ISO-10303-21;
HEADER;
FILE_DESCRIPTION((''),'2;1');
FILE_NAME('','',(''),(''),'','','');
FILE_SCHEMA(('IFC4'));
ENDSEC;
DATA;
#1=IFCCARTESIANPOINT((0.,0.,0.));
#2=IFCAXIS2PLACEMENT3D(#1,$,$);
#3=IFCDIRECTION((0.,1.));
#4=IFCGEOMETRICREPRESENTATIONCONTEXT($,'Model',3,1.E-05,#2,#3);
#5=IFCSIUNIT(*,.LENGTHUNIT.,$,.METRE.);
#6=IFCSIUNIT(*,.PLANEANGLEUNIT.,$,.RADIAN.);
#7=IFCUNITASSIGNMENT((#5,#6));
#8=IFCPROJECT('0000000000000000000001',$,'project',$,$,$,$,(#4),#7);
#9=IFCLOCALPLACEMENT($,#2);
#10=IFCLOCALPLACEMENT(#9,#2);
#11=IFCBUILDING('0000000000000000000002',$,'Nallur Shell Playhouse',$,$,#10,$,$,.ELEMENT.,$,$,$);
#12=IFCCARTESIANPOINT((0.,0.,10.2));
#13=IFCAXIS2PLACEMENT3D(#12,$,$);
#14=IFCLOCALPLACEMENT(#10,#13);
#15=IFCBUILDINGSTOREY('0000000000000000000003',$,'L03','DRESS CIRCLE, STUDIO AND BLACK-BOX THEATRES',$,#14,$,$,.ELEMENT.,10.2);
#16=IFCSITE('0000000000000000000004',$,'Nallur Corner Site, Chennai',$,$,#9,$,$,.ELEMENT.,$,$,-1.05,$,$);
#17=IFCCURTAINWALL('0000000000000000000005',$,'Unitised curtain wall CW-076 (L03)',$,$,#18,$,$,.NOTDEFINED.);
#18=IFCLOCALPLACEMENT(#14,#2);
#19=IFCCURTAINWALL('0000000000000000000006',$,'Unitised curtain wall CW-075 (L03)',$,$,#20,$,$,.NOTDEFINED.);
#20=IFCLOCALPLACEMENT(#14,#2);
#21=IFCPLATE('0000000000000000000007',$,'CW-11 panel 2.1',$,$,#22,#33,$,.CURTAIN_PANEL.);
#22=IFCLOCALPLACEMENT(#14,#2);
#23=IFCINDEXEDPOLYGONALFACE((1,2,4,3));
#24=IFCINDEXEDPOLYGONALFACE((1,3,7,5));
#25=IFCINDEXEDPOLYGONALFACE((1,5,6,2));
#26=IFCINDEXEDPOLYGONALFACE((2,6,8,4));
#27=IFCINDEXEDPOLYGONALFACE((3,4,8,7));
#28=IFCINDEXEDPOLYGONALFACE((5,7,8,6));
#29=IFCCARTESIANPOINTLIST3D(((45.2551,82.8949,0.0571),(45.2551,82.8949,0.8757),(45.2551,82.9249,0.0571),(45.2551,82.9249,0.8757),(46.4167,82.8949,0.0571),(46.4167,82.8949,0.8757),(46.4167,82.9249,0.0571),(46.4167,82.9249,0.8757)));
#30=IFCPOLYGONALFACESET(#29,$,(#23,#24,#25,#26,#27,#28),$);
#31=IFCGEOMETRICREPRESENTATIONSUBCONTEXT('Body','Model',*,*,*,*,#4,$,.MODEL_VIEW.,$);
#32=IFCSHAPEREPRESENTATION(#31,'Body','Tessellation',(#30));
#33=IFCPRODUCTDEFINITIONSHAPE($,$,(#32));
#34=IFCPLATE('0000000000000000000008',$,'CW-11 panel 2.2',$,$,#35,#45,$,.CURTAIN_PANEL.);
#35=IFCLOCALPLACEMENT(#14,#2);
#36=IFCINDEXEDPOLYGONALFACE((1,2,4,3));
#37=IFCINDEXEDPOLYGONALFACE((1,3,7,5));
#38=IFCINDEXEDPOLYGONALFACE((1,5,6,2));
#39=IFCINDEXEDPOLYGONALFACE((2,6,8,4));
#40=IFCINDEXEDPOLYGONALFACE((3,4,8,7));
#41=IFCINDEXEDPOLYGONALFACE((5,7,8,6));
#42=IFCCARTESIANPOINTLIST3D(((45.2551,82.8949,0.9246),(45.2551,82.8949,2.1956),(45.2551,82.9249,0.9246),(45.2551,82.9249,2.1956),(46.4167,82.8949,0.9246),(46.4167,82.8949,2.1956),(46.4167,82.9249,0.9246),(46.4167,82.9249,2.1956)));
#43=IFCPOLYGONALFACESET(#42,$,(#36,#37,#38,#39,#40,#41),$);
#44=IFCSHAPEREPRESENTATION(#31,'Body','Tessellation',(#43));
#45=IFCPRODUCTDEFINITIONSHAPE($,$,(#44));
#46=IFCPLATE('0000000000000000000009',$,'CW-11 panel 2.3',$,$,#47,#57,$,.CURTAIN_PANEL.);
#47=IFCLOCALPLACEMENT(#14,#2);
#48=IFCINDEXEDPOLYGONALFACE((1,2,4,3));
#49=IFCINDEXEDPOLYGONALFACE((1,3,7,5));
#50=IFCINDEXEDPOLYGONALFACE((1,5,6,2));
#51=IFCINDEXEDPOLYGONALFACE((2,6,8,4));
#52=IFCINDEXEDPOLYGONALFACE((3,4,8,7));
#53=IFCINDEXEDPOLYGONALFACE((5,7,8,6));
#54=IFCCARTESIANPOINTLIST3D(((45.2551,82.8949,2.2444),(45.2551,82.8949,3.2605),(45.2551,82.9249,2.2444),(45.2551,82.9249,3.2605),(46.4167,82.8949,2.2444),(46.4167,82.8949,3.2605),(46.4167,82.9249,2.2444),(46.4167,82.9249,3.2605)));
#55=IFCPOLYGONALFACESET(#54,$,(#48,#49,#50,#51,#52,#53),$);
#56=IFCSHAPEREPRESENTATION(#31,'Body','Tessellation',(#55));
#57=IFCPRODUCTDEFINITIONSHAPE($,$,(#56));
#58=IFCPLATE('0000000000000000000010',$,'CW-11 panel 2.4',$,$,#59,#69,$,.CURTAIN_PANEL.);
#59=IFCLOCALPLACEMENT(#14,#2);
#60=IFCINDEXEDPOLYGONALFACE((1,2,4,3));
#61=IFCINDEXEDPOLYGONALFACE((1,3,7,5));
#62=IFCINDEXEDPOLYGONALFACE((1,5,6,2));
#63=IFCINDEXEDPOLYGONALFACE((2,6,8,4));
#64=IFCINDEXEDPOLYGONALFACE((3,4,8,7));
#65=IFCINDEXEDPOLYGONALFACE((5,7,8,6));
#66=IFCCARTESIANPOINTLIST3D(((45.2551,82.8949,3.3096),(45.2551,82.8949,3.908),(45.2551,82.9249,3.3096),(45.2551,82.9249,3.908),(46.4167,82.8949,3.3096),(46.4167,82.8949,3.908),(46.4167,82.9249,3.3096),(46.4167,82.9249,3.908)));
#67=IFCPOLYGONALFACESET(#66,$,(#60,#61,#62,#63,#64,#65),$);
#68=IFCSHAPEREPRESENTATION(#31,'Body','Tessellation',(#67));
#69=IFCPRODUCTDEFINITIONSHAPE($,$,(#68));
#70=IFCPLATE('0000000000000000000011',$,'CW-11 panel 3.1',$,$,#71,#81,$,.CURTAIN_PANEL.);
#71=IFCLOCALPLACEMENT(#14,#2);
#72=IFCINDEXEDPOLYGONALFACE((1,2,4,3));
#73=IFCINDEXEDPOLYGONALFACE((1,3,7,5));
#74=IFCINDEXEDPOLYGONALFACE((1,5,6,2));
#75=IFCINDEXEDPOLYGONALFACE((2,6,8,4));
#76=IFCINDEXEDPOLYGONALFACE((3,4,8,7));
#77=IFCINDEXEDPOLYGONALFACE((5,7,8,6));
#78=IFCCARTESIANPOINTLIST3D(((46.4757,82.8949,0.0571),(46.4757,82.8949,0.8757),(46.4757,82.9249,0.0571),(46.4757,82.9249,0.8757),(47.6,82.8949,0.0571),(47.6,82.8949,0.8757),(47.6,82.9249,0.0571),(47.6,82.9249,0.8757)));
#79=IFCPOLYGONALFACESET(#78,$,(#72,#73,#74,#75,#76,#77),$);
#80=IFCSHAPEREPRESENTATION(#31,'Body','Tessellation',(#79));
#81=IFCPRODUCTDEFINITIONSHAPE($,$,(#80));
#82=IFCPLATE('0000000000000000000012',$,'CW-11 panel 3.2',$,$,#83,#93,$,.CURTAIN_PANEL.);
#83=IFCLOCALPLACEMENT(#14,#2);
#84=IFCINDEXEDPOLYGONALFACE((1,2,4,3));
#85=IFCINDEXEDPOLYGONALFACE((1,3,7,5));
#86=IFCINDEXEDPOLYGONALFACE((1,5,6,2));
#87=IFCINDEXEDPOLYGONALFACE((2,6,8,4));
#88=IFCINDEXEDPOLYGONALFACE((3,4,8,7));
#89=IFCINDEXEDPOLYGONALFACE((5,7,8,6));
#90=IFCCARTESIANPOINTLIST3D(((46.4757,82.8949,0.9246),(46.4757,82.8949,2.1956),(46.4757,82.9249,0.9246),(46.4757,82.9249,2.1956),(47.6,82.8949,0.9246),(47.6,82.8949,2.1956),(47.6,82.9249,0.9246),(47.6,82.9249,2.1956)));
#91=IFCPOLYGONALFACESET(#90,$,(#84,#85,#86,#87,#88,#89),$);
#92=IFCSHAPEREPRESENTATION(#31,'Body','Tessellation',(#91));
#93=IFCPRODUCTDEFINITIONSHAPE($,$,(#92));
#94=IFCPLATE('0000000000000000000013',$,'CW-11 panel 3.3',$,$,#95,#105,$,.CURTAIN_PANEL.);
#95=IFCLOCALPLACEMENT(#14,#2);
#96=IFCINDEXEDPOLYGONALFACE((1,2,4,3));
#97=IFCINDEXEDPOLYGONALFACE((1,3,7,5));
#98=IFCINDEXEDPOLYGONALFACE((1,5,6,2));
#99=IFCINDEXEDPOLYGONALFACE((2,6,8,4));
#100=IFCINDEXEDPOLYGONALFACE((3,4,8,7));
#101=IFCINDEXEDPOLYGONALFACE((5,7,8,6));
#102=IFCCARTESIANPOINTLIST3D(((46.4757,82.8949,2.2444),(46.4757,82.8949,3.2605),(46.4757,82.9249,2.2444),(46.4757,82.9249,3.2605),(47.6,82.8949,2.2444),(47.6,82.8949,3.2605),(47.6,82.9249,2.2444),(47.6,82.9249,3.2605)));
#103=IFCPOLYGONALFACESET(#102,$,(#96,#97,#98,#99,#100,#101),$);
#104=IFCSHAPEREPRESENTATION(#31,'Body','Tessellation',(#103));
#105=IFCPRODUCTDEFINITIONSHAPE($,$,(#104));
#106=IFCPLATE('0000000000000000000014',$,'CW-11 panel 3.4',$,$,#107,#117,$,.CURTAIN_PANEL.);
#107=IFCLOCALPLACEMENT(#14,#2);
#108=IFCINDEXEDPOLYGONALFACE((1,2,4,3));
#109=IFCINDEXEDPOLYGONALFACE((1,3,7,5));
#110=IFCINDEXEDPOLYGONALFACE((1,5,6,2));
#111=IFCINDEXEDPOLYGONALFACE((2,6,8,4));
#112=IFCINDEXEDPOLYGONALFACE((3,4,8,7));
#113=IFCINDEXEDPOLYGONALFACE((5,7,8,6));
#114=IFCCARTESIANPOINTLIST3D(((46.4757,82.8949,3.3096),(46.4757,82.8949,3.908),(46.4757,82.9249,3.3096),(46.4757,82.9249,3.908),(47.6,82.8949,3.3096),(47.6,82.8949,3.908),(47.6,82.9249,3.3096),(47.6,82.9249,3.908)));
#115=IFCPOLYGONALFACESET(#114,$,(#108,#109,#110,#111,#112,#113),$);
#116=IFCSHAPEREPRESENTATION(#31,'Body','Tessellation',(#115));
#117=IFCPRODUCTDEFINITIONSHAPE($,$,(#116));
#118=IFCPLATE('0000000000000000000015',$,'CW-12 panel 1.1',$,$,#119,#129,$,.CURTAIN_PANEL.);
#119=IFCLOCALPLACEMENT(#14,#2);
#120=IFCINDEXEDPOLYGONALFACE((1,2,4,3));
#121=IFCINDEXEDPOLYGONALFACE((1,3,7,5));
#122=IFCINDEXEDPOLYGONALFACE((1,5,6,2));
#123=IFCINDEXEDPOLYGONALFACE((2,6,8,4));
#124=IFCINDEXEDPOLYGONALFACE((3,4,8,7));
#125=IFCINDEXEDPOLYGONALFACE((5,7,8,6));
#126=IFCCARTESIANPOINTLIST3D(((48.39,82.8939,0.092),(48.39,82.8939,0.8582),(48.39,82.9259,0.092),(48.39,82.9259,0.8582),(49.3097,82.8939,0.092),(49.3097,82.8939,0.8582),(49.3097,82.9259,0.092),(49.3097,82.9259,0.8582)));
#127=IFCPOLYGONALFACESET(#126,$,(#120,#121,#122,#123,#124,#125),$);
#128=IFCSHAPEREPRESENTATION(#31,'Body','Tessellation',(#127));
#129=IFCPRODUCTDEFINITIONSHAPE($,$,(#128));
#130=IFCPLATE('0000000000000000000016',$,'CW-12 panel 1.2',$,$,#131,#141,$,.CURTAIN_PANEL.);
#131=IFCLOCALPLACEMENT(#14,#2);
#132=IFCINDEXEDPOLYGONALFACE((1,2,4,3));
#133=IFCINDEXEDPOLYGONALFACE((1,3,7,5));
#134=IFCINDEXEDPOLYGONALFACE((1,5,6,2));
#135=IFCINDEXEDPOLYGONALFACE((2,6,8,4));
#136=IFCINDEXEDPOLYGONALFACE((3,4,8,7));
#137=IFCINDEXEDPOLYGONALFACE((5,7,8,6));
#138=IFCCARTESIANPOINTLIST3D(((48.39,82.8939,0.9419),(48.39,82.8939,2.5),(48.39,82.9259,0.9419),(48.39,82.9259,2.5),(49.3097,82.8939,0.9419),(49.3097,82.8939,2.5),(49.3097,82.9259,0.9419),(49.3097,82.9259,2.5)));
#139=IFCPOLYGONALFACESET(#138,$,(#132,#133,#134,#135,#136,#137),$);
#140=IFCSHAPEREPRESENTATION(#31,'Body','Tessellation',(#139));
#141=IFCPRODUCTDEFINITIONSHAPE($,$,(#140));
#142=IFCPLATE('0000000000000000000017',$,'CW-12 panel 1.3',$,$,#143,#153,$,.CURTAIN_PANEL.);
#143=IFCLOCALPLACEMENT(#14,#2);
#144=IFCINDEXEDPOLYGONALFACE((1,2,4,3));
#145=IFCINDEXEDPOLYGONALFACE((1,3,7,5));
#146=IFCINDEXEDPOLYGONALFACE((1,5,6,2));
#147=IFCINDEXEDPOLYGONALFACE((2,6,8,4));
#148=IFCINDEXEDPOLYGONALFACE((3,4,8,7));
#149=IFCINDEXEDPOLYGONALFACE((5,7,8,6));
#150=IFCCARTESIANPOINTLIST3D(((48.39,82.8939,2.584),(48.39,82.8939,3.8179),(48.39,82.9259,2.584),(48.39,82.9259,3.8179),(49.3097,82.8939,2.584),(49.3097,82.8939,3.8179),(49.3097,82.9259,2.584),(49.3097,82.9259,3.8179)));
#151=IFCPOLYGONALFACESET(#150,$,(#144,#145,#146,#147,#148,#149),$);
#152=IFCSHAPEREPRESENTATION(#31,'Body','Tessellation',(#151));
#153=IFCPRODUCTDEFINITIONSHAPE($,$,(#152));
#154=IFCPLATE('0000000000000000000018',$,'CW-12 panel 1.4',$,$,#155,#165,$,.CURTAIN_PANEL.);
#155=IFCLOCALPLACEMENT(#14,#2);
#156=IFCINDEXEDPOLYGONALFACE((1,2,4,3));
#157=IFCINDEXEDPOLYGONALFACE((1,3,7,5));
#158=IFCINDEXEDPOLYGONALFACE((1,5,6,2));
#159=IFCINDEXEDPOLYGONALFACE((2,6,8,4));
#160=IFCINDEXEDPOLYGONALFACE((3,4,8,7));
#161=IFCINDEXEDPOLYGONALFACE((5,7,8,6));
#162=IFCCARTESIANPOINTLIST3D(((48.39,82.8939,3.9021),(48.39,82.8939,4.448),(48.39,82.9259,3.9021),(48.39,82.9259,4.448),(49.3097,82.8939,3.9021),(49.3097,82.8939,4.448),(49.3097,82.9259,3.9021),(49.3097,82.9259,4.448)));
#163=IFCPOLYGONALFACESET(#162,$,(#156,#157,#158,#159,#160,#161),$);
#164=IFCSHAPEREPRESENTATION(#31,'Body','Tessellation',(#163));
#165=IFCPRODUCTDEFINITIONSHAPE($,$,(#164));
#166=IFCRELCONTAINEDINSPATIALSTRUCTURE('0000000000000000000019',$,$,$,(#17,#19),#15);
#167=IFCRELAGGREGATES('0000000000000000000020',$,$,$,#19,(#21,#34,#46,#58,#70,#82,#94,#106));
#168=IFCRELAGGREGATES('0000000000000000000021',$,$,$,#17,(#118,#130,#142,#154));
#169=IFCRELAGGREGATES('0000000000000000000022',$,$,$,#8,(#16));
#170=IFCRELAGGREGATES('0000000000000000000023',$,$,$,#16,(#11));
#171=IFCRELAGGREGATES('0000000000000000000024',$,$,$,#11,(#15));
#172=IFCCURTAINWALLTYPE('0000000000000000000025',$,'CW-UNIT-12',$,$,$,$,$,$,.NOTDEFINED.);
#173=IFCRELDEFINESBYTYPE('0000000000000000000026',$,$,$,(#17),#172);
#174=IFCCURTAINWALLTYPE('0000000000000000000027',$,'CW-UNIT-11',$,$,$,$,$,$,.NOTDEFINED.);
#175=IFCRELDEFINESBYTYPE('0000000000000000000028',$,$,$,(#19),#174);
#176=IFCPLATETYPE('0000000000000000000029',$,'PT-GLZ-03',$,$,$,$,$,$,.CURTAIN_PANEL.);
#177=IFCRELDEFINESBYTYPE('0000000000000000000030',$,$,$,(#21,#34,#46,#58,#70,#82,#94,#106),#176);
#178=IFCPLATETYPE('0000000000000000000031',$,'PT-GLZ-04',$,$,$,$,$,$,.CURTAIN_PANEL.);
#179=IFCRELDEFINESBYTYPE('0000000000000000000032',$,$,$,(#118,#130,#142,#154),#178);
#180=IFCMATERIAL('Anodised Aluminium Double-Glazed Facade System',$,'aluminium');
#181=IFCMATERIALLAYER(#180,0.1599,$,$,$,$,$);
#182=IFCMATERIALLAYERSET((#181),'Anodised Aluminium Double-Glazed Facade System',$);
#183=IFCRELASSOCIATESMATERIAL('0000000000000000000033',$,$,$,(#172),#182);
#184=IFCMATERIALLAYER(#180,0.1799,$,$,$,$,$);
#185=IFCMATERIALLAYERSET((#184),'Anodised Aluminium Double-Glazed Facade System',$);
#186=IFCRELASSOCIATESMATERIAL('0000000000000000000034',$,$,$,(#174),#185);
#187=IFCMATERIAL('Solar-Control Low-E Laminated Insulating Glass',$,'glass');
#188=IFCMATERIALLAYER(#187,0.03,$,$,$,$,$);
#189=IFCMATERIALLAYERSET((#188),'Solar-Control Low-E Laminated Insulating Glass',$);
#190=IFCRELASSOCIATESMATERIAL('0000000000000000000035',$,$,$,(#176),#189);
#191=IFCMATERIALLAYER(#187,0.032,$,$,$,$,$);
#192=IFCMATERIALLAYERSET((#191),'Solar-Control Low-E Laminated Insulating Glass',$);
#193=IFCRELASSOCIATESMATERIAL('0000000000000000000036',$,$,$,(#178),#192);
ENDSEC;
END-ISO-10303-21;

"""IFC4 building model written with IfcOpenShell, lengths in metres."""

from ifc_helpers import new_model, si_unit, direction, frame, origin, origin_2d, place, context, subcontext, project, spatial, rectangle, extrude, material, layer, layer_set, type_object, element, aggregate, save


model = new_model("IFC4")

# Units and contexts
model_context = context("Model", 3, precision=1e-05, world=origin(), true_north=direction((0.0, 1.0)))
body_context = subcontext(model_context, "Body", "Model", "MODEL_VIEW")
ifc_project = project(units=[si_unit("LENGTHUNIT", "METRE"), si_unit("PLANEANGLEUNIT", "RADIAN")], contexts=[model_context])

# Site, building, storey
site_placement = place(None, origin())
site = spatial("IfcSite", under=ifc_project, at=site_placement, Name="Nallur Corner Site, Chennai", CompositionType="ELEMENT", RefElevation=-1.05)
building_placement = place(site_placement, origin())
building = spatial("IfcBuilding", under=site, at=building_placement, Name="Nallur Shell Playhouse", CompositionType="ELEMENT")
storey_placement = place(building_placement, frame((0.0, 0.0, 10.2)))
storey = spatial("IfcBuildingStorey", under=building, at=storey_placement, Name="L03", Description="DRESS CIRCLE, STUDIO AND BLACK-BOX THEATRES", CompositionType="ELEMENT", Elevation=10.2)

# Curtain walls
ifc_material_1 = material(Name="Anodised Aluminium Double-Glazed Facade System", Category="aluminium")
ifc_layer_1 = layer(ifc_material_1, 0.1599)
ifc_layer_set_1 = layer_set([ifc_layer_1], Name="Anodised Aluminium Double-Glazed Facade System")
curtain_wall_type_1 = type_object("IfcCurtainWallType", Name="CW-UNIT-12", PredefinedType="NOTDEFINED", material=ifc_layer_set_1)
curtain_wall_1_placement = place(storey_placement, origin())
curtain_wall_1 = element("IfcCurtainWall", 1, at=curtain_wall_1_placement, inside=storey, type_object=curtain_wall_type_1, Name="Unitised curtain wall CW-076 (L03)", PredefinedType="NOTDEFINED")
ifc_layer_2 = layer(ifc_material_1, 0.1799)
ifc_layer_set_2 = layer_set([ifc_layer_2], Name="Anodised Aluminium Double-Glazed Facade System")
curtain_wall_type_2 = type_object("IfcCurtainWallType", Name="CW-UNIT-11", PredefinedType="NOTDEFINED", material=ifc_layer_set_2)
curtain_wall_2_placement = place(storey_placement, origin())
curtain_wall_2 = element("IfcCurtainWall", 2, at=curtain_wall_2_placement, inside=storey, type_object=curtain_wall_type_2, Name="Unitised curtain wall CW-075 (L03)", PredefinedType="NOTDEFINED")

# Plates
ifc_material_2 = material(Name="Solar-Control Low-E Laminated Insulating Glass", Category="glass")
ifc_layer_3 = layer(ifc_material_2, 0.03)
ifc_layer_set_3 = layer_set([ifc_layer_3], Name="Solar-Control Low-E Laminated Insulating Glass")
plate_type_1 = type_object("IfcPlateType", Name="PT-GLZ-03", PredefinedType="CURTAIN_PANEL", material=ifc_layer_set_3)
plate_1_placement = place(storey_placement, frame((45.8359, 82.9099, 0.0571), z_axis=(0.0, 0.0, 1.0), x_axis=(1.0, 0.0, 0.0)))
plate_1 = element("IfcPlate", 3, at=plate_1_placement, type_object=plate_type_1, Name="CW-11 panel 2.1", PredefinedType="CURTAIN_PANEL", context=body_context, shape_type="SweptSolid", body=[
    extrude(rectangle(XDim=1.1616, YDim=0.03, at=origin_2d()), origin(), (0.0, 0.0, 1.0), 0.8186),
])
plate_2_placement = place(storey_placement, frame((45.8359, 82.9099, 0.9246), z_axis=(0.0, 0.0, 1.0), x_axis=(1.0, 0.0, 0.0)))
plate_2 = element("IfcPlate", 4, at=plate_2_placement, type_object=plate_type_1, Name="CW-11 panel 2.2", PredefinedType="CURTAIN_PANEL", context=body_context, shape_type="SweptSolid", body=[
    extrude(rectangle(XDim=1.1616, YDim=0.03, at=origin_2d()), origin(), (0.0, 0.0, 1.0), 1.271),
])
plate_3_placement = place(storey_placement, frame((45.8359, 82.9099, 2.2444), z_axis=(0.0, 0.0, 1.0), x_axis=(1.0, 0.0, 0.0)))
plate_3 = element("IfcPlate", 5, at=plate_3_placement, type_object=plate_type_1, Name="CW-11 panel 2.3", PredefinedType="CURTAIN_PANEL", context=body_context, shape_type="SweptSolid", body=[
    extrude(rectangle(XDim=1.1616, YDim=0.03, at=origin_2d()), origin(), (0.0, 0.0, 1.0), 1.0161),
])
plate_4_placement = place(storey_placement, frame((45.8359, 82.9099, 3.3096), z_axis=(0.0, 0.0, 1.0), x_axis=(1.0, 0.0, 0.0)))
plate_4 = element("IfcPlate", 6, at=plate_4_placement, type_object=plate_type_1, Name="CW-11 panel 2.4", PredefinedType="CURTAIN_PANEL", context=body_context, shape_type="SweptSolid", body=[
    extrude(rectangle(XDim=1.1616, YDim=0.03, at=origin_2d()), origin(), (0.0, 0.0, 1.0), 0.5984),
])
plate_5_placement = place(storey_placement, frame((47.0378, 82.9099, 0.0571), z_axis=(0.0, 0.0, 1.0), x_axis=(1.0, 0.0, 0.0)))
plate_5 = element("IfcPlate", 7, at=plate_5_placement, type_object=plate_type_1, Name="CW-11 panel 3.1", PredefinedType="CURTAIN_PANEL", context=body_context, shape_type="SweptSolid", body=[
    extrude(rectangle(XDim=1.1243, YDim=0.03, at=origin_2d()), origin(), (0.0, 0.0, 1.0), 0.8186),
])
plate_6_placement = place(storey_placement, frame((47.0378, 82.9099, 0.9246), z_axis=(0.0, 0.0, 1.0), x_axis=(1.0, 0.0, 0.0)))
plate_6 = element("IfcPlate", 8, at=plate_6_placement, type_object=plate_type_1, Name="CW-11 panel 3.2", PredefinedType="CURTAIN_PANEL", context=body_context, shape_type="SweptSolid", body=[
    extrude(rectangle(XDim=1.1243, YDim=0.03, at=origin_2d()), origin(), (0.0, 0.0, 1.0), 1.271),
])
plate_7_placement = place(storey_placement, frame((47.0378, 82.9099, 2.2444), z_axis=(0.0, 0.0, 1.0), x_axis=(1.0, 0.0, 0.0)))
plate_7 = element("IfcPlate", 9, at=plate_7_placement, type_object=plate_type_1, Name="CW-11 panel 3.3", PredefinedType="CURTAIN_PANEL", context=body_context, shape_type="SweptSolid", body=[
    extrude(rectangle(XDim=1.1243, YDim=0.03, at=origin_2d()), origin(), (0.0, 0.0, 1.0), 1.0161),
])
plate_8_placement = place(storey_placement, frame((47.0378, 82.9099, 3.3096), z_axis=(0.0, 0.0, 1.0), x_axis=(1.0, 0.0, 0.0)))
plate_8 = element("IfcPlate", 10, at=plate_8_placement, type_object=plate_type_1, Name="CW-11 panel 3.4", PredefinedType="CURTAIN_PANEL", context=body_context, shape_type="SweptSolid", body=[
    extrude(rectangle(XDim=1.1243, YDim=0.03, at=origin_2d()), origin(), (0.0, 0.0, 1.0), 0.5984),
])
aggregate(curtain_wall_2, [plate_1, plate_2, plate_3, plate_4, plate_5, plate_6, plate_7, plate_8])
ifc_layer_4 = layer(ifc_material_2, 0.032)
ifc_layer_set_4 = layer_set([ifc_layer_4], Name="Solar-Control Low-E Laminated Insulating Glass")
plate_type_2 = type_object("IfcPlateType", Name="PT-GLZ-04", PredefinedType="CURTAIN_PANEL", material=ifc_layer_set_4)
plate_9_placement = place(storey_placement, frame((48.8499, 82.9099, 0.092), z_axis=(0.0, 0.0, 1.0), x_axis=(1.0, 0.0, 0.0)))
plate_9 = element("IfcPlate", 11, at=plate_9_placement, type_object=plate_type_2, Name="CW-12 panel 1.1", PredefinedType="CURTAIN_PANEL", context=body_context, shape_type="SweptSolid", body=[
    extrude(rectangle(XDim=0.9197, YDim=0.032, at=origin_2d()), origin(), (0.0, 0.0, 1.0), 0.7661),
])
plate_10_placement = place(storey_placement, frame((48.8499, 82.9099, 0.9419), z_axis=(0.0, 0.0, 1.0), x_axis=(1.0, 0.0, 0.0)))
plate_10 = element("IfcPlate", 12, at=plate_10_placement, type_object=plate_type_2, Name="CW-12 panel 1.2", PredefinedType="CURTAIN_PANEL", context=body_context, shape_type="SweptSolid", body=[
    extrude(rectangle(XDim=0.9197, YDim=0.032, at=origin_2d()), origin(), (0.0, 0.0, 1.0), 1.5581),
])
plate_11_placement = place(storey_placement, frame((48.8499, 82.9099, 2.584), z_axis=(0.0, 0.0, 1.0), x_axis=(1.0, 0.0, 0.0)))
plate_11 = element("IfcPlate", 13, at=plate_11_placement, type_object=plate_type_2, Name="CW-12 panel 1.3", PredefinedType="CURTAIN_PANEL", context=body_context, shape_type="SweptSolid", body=[
    extrude(rectangle(XDim=0.9197, YDim=0.032, at=origin_2d()), origin(), (0.0, 0.0, 1.0), 1.2339),
])
plate_12_placement = place(storey_placement, frame((48.8499, 82.9099, 3.9021), z_axis=(0.0, 0.0, 1.0), x_axis=(1.0, 0.0, 0.0)))
plate_12 = element("IfcPlate", 14, at=plate_12_placement, type_object=plate_type_2, Name="CW-12 panel 1.4", PredefinedType="CURTAIN_PANEL", context=body_context, shape_type="SweptSolid", body=[
    extrude(rectangle(XDim=0.9197, YDim=0.032, at=origin_2d()), origin(), (0.0, 0.0, 1.0), 0.5459),
])
aggregate(curtain_wall_1, [plate_9, plate_10, plate_11, plate_12])

save(model, "model.ifc")
